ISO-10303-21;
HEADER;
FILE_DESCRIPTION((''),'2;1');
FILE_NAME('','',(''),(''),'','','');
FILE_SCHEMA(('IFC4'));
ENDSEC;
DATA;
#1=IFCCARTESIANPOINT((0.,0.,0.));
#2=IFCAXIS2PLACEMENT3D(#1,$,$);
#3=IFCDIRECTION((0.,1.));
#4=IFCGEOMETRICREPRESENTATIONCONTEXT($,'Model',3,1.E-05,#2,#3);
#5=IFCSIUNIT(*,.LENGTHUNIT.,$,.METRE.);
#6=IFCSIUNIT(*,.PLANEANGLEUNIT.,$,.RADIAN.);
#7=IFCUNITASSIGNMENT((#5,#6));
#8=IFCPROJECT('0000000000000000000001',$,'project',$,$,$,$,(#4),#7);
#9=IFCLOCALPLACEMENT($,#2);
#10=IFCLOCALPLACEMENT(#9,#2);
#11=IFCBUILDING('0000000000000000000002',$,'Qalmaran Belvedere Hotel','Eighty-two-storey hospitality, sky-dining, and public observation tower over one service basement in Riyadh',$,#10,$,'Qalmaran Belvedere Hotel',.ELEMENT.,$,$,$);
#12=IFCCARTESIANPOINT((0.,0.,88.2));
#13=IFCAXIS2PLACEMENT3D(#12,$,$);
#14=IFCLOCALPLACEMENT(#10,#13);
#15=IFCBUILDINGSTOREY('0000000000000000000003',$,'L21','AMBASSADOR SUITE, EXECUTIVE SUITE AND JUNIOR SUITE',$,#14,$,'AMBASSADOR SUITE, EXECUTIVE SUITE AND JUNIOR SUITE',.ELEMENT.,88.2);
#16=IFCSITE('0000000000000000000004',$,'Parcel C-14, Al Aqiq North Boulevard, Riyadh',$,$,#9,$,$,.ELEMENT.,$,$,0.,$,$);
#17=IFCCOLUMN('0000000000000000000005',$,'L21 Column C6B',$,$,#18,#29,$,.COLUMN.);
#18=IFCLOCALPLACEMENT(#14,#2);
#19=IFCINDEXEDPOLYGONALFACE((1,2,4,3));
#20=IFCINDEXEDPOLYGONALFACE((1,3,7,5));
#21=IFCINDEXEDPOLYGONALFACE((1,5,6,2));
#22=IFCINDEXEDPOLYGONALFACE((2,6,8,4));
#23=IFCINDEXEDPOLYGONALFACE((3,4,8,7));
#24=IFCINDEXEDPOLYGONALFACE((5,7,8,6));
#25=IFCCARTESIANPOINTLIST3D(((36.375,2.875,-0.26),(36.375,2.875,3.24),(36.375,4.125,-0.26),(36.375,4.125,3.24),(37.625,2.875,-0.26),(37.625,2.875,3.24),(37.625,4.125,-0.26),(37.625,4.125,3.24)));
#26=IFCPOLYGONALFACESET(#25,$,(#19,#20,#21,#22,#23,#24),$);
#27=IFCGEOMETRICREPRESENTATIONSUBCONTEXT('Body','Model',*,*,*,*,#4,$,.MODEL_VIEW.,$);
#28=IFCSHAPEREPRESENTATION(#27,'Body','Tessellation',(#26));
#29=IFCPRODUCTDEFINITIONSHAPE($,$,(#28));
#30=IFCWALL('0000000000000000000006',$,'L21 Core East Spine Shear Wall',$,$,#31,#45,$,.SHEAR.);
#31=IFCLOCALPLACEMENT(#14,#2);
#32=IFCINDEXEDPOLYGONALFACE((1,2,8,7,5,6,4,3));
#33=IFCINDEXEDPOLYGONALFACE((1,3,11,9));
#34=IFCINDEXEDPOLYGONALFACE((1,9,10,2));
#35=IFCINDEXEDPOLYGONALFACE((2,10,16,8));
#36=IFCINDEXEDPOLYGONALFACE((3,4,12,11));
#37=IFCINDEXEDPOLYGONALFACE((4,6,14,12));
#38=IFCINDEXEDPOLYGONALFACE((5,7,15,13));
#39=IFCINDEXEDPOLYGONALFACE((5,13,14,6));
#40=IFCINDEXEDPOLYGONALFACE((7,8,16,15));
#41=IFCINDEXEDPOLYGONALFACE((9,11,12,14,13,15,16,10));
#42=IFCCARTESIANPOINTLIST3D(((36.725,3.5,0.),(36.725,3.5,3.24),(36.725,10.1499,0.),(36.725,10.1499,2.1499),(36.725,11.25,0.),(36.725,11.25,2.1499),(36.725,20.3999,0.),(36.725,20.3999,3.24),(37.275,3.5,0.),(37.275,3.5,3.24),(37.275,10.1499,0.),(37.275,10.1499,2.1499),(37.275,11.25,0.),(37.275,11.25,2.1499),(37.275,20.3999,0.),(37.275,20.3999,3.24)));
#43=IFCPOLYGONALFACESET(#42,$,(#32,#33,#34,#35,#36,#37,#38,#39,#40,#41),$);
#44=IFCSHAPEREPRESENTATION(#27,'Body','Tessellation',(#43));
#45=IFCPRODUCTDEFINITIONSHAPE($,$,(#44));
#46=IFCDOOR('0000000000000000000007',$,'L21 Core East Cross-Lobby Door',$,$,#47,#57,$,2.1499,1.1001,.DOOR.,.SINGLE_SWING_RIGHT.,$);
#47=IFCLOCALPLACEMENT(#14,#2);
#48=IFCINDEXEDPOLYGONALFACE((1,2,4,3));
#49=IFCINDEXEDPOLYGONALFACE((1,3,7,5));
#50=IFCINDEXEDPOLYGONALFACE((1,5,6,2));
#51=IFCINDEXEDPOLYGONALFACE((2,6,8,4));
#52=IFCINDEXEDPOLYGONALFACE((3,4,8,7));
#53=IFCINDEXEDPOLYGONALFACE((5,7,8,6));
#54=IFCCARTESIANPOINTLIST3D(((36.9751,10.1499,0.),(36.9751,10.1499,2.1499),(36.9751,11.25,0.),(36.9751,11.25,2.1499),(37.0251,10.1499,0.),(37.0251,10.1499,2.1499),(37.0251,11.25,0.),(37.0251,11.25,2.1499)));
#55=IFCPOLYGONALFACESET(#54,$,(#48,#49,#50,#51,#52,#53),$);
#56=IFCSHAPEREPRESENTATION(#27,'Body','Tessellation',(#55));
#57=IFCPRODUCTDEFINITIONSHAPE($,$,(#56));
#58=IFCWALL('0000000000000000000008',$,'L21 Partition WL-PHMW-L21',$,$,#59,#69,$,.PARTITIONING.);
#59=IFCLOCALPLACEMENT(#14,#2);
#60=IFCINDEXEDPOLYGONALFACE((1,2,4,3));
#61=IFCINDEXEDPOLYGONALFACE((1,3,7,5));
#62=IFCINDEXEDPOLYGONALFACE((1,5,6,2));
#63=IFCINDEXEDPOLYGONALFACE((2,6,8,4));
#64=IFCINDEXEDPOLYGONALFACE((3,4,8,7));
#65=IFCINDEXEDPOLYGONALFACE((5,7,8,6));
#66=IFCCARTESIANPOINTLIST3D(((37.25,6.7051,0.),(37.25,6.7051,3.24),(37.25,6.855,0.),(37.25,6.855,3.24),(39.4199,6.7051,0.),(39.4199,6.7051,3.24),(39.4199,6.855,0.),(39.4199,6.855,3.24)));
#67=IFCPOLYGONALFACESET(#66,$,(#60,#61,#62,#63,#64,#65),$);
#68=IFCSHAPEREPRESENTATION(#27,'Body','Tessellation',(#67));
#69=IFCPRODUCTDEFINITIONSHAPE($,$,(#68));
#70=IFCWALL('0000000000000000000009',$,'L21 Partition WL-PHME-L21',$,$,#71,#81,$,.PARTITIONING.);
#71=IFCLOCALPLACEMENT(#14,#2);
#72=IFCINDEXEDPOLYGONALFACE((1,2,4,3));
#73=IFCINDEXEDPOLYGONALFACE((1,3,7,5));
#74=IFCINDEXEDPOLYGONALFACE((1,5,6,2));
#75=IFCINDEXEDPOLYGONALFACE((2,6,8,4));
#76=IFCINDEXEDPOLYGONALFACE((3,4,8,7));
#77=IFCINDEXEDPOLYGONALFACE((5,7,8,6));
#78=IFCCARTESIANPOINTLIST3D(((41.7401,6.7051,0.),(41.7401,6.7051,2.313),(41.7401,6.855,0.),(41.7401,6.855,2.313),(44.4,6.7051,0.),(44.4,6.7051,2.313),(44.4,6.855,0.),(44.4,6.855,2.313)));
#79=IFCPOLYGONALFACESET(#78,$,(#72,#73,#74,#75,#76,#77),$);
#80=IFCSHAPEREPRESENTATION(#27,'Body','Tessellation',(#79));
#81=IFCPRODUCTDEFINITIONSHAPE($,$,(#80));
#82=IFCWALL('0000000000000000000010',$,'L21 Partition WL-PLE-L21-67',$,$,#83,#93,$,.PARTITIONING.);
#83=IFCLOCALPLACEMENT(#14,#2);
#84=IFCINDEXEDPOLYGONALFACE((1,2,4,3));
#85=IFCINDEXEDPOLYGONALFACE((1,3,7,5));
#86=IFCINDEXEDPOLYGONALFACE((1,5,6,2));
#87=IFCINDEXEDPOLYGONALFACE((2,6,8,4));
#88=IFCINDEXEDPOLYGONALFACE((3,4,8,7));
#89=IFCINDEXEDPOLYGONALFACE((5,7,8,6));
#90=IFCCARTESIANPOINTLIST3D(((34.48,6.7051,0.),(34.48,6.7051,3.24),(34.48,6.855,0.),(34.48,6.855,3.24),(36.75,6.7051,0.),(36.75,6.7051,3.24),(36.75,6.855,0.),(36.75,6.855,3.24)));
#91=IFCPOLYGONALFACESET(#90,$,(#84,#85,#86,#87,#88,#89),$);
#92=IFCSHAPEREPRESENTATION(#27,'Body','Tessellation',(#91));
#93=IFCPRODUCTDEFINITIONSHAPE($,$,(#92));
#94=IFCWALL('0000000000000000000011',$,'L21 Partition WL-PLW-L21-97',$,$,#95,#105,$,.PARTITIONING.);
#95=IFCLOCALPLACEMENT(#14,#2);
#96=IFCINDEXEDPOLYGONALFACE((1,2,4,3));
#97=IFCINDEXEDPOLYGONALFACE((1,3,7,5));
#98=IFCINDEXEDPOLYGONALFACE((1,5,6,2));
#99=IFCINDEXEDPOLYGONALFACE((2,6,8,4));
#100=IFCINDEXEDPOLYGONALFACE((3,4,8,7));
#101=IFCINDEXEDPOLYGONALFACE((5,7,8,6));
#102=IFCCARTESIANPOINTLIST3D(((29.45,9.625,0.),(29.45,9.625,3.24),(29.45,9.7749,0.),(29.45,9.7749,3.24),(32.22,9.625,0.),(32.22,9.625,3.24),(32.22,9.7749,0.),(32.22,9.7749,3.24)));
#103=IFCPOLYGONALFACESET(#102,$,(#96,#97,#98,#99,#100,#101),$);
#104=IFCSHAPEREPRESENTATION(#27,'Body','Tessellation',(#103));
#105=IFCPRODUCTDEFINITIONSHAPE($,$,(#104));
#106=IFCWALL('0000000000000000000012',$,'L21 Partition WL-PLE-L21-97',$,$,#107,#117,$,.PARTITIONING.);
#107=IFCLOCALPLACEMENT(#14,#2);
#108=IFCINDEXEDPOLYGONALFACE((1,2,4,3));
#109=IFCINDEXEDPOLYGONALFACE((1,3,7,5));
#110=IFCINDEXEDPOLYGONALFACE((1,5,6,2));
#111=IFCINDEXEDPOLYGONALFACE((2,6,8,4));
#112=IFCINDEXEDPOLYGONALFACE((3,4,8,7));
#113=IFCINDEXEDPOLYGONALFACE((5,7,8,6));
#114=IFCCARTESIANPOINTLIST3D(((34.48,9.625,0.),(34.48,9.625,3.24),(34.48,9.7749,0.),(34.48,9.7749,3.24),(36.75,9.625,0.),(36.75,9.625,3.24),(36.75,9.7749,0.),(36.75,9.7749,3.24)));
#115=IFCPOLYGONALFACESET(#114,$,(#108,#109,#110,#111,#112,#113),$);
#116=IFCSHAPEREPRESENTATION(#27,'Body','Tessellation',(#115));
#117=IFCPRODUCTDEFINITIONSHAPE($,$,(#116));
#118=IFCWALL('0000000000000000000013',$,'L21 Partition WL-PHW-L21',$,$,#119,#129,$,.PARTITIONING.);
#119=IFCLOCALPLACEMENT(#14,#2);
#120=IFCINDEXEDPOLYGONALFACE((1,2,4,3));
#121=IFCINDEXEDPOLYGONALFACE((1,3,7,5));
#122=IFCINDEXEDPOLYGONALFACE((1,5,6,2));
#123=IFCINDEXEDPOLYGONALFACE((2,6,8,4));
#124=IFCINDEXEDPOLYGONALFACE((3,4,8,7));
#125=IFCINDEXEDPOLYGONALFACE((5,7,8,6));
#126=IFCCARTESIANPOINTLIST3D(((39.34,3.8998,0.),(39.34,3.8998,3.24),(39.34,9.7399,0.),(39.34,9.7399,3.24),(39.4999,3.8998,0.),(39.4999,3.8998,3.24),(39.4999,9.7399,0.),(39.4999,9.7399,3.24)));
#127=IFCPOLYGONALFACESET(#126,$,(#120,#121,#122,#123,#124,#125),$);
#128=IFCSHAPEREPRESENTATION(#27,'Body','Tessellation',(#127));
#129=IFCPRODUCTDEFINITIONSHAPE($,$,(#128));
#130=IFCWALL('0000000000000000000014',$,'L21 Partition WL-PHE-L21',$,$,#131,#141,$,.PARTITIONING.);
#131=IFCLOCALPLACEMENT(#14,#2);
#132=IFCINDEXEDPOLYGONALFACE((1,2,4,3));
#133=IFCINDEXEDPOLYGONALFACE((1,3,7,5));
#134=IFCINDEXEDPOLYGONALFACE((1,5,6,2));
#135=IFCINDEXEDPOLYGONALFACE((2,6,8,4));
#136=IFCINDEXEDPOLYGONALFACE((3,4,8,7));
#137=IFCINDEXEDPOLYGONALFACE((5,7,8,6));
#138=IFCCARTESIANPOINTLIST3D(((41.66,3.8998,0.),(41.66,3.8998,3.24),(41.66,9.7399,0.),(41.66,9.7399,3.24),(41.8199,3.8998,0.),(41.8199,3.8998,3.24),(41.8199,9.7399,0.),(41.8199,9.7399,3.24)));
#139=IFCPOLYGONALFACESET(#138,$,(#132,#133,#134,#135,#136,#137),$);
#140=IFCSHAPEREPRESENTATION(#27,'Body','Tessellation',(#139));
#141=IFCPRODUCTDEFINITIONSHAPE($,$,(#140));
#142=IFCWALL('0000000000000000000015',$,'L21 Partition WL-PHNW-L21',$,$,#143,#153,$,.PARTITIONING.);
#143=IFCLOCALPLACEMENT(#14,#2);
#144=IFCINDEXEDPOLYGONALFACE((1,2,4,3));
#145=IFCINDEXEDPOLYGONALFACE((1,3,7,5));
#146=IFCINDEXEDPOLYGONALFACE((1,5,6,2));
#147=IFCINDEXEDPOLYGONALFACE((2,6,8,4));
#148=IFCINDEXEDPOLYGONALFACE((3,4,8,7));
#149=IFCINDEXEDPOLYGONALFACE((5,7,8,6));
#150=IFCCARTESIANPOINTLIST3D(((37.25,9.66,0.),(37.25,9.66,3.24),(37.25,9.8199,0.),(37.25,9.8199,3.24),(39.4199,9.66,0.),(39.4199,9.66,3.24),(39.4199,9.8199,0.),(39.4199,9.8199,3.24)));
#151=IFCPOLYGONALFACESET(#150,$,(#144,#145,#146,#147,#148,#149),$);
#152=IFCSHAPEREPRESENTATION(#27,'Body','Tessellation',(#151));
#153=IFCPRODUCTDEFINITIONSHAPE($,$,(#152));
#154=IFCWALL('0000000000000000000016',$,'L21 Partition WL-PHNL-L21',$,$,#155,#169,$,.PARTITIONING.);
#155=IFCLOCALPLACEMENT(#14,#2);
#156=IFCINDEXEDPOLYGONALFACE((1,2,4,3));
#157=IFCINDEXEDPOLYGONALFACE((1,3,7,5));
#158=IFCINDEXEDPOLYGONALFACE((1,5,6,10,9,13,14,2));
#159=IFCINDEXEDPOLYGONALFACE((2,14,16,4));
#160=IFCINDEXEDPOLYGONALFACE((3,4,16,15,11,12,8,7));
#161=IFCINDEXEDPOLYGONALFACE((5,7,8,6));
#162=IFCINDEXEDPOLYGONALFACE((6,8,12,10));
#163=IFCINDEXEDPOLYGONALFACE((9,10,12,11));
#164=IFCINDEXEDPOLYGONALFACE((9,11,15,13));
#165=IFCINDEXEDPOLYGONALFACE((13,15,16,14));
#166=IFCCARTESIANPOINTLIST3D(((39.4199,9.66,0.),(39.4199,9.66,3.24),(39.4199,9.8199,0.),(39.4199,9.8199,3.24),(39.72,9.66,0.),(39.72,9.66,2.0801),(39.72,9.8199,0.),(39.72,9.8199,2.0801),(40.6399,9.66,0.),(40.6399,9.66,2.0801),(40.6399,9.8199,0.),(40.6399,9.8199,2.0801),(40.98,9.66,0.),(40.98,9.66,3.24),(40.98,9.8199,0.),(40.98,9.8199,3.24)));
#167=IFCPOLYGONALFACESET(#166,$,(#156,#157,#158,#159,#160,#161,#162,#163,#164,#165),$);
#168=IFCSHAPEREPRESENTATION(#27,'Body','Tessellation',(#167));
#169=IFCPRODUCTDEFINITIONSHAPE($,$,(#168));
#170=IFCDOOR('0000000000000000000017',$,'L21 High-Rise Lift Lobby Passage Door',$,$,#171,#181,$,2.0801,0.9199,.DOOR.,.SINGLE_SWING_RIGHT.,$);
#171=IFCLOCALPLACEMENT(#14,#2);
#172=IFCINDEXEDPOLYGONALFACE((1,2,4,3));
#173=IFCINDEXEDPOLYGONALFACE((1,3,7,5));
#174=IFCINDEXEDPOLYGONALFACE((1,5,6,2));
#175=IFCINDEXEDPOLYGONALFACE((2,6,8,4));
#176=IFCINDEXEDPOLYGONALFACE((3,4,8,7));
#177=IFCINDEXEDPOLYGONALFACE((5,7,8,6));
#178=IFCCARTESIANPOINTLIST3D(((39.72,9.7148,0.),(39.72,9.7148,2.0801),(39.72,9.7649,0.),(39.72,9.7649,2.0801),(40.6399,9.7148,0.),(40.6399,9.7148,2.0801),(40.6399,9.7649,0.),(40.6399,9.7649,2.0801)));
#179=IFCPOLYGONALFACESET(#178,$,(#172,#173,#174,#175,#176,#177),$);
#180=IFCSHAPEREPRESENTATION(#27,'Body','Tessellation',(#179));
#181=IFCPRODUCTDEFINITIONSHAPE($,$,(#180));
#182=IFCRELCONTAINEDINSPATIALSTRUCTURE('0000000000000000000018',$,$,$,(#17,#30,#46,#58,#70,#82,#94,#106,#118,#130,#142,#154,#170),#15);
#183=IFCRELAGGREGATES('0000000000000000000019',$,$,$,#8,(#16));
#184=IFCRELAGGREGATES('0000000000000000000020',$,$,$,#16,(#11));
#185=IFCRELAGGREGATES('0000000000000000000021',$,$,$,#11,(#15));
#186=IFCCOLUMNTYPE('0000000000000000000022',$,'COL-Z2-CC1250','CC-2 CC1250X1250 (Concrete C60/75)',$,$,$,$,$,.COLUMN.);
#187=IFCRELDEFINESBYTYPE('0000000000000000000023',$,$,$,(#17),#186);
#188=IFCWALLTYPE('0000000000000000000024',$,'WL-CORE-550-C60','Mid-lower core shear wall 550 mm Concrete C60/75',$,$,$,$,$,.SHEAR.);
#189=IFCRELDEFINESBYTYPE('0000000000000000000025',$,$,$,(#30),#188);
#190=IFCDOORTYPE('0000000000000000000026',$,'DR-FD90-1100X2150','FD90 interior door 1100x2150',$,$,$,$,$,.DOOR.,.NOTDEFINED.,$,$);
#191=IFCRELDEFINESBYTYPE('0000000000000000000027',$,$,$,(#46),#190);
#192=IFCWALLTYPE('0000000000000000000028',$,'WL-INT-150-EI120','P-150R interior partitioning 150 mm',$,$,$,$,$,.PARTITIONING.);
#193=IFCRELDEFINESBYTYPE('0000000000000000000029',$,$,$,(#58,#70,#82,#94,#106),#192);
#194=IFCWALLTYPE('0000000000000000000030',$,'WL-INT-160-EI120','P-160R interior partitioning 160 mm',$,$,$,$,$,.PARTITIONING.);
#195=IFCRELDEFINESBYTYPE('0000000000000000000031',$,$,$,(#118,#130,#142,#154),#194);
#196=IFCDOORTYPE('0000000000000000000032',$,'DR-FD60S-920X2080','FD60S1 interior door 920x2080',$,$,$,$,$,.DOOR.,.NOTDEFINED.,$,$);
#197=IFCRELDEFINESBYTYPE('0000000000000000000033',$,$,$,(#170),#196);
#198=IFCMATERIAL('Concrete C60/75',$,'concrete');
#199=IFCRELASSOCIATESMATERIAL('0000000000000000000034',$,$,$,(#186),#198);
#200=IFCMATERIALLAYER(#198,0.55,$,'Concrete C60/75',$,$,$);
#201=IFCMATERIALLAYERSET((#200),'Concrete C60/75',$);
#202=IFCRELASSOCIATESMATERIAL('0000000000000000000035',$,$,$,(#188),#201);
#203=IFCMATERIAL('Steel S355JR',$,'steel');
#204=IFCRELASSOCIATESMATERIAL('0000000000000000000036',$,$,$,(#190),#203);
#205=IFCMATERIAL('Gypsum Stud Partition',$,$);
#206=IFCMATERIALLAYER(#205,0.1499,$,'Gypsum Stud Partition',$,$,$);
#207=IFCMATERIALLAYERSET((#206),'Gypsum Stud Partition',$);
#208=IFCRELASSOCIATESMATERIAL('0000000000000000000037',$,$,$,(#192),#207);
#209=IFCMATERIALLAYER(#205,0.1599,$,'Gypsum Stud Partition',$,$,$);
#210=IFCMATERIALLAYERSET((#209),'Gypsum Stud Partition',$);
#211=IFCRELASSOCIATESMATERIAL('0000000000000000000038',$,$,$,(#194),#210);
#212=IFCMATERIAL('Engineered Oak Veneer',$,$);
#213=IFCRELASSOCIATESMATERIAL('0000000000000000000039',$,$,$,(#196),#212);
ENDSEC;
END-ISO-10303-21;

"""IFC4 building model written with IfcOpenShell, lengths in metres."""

from ifc_helpers import new_model, si_unit, direction, frame, frame_2d, origin, origin_2d, place, context, subcontext, project, spatial, rectangle, extrude, material, layer, layer_set, material_profile, profile_set, type_object, element, fill, save


model = new_model("IFC4")

# Units and contexts
model_context = context("Model", 3, precision=1e-05, world=origin(), true_north=direction((0.0, 1.0)))
body_context = subcontext(model_context, "Body", "Model", "MODEL_VIEW")
ifc_project = project(units=[si_unit("LENGTHUNIT", "METRE"), si_unit("PLANEANGLEUNIT", "RADIAN")], contexts=[model_context])

# Site, building, storey
site_placement = place(None, origin())
site = spatial("IfcSite", under=ifc_project, at=site_placement, Name="Parcel C-14, Al Aqiq North Boulevard, Riyadh", CompositionType="ELEMENT", RefElevation=0.0)
building_placement = place(site_placement, origin())
building = spatial("IfcBuilding", under=site, at=building_placement, Name="Qalmaran Belvedere Hotel", Description="Eighty-two-storey hospitality, sky-dining, and public observation tower over one service basement in Riyadh", LongName="Qalmaran Belvedere Hotel", CompositionType="ELEMENT")
storey_placement = place(building_placement, frame((0.0, 0.0, 88.2)))
storey = spatial("IfcBuildingStorey", under=building, at=storey_placement, Name="L21", Description="AMBASSADOR SUITE, EXECUTIVE SUITE AND JUNIOR SUITE", LongName="AMBASSADOR SUITE, EXECUTIVE SUITE AND JUNIOR SUITE", CompositionType="ELEMENT", Elevation=88.2)

# Column
ifc_material_1 = material(Name="Concrete C60/75", Category="concrete")
ifc_material_profile = material_profile(ifc_material_1, rectangle(XDim=1.25, YDim=1.25, at=origin_2d()), Name="CC1250X1250")
ifc_profile_set = profile_set([ifc_material_profile], Name="Concrete C60/75")
column_type = type_object("IfcColumnType", Name="COL-Z2-CC1250", Description="CC-2 CC1250X1250 (Concrete C60/75)", PredefinedType="COLUMN", material=ifc_profile_set)
column_placement = place(storey_placement, frame((37.0, 3.5, -0.26), z_axis=(0.0, 0.0, 1.0), x_axis=(1.0, 0.0, 0.0)))
element("IfcColumn", 1, at=column_placement, inside=storey, type_object=column_type, Name="L21 Column C6B", PredefinedType="COLUMN", context=body_context, shape_type="SweptSolid", body=[
    extrude(rectangle(XDim=1.25, YDim=1.25, at=origin_2d()), origin(), (0.0, 0.0, 1.0), 3.5),
])

# Wall, opening, door
ifc_layer_1 = layer(ifc_material_1, 0.55, Name="Concrete C60/75")
ifc_layer_set_1 = layer_set([ifc_layer_1], Name="Concrete C60/75")
wall_type_1 = type_object("IfcWallType", Name="WL-CORE-550-C60", Description="Mid-lower core shear wall 550 mm Concrete C60/75", PredefinedType="SHEAR", material=ifc_layer_set_1)
wall_1_placement = place(storey_placement, frame((37.0, 3.5, 0.0), z_axis=(0.0, 0.0, 1.0), x_axis=(0.0, 1.0, 0.0)))
wall_1 = element("IfcWall", 2, at=wall_1_placement, inside=storey, type_object=wall_type_1, Name="L21 Core East Spine Shear Wall", PredefinedType="SHEAR", context=body_context, shape_type="SweptSolid", body=[
    extrude(rectangle(XDim=16.8999, YDim=0.55, at=frame_2d((8.45, 0.0))), origin(), (0.0, 0.0, 1.0), 3.24),
])
opening_1_placement = place(wall_1_placement, frame((6.6499, 0.0, 0.0)))
opening_1 = element("IfcOpeningElement", 3, at=opening_1_placement, cuts=wall_1, PredefinedType="OPENING", context=body_context, shape_type="SweptSolid", body=[
    extrude(rectangle(XDim=1.1001, YDim=2.1499, at=frame_2d((0.55, 1.075))), frame((0.0, 0.2852, 0.0), z_axis=(0.0, -1.0, 0.0), x_axis=(1.0, 0.0, 0.0)), (0.0, 0.0, 1.0), 0.5701),
])
ifc_material_2 = material(Name="Steel S355JR", Category="steel")
door_type_1 = type_object("IfcDoorType", Name="DR-FD90-1100X2150", Description="FD90 interior door 1100x2150", OperationType="NOTDEFINED", PredefinedType="DOOR", material=ifc_material_2)
door_1_placement = place(opening_1_placement, origin())
door_1 = element("IfcDoor", 4, at=door_1_placement, inside=storey, type_object=door_type_1, Name="L21 Core East Cross-Lobby Door", OperationType="SINGLE_SWING_RIGHT", OverallHeight=2.1499, OverallWidth=1.1001, PredefinedType="DOOR", context=body_context, shape_type="SweptSolid", body=[
    extrude(rectangle(XDim=1.1001, YDim=2.1499, at=frame_2d((0.55, 1.075))), frame((0.0, 0.0249, 0.0), z_axis=(0.0, -1.0, 0.0), x_axis=(1.0, 0.0, 0.0)), (0.0, 0.0, 1.0), 0.05),
])
fill(opening_1, door_1)

# Walls
ifc_material_3 = material(Name="Gypsum Stud Partition")
ifc_layer_2 = layer(ifc_material_3, 0.1499, Name="Gypsum Stud Partition")
ifc_layer_set_2 = layer_set([ifc_layer_2], Name="Gypsum Stud Partition")
wall_type_2 = type_object("IfcWallType", Name="WL-INT-150-EI120", Description="P-150R interior partitioning 150 mm", PredefinedType="PARTITIONING", material=ifc_layer_set_2)
wall_2_placement = place(storey_placement, frame((37.25, 6.78, 0.0), z_axis=(0.0, 0.0, 1.0), x_axis=(1.0, 0.0, 0.0)))
element("IfcWall", 5, at=wall_2_placement, inside=storey, type_object=wall_type_2, Name="L21 Partition WL-PHMW-L21", PredefinedType="PARTITIONING", context=body_context, shape_type="SweptSolid", body=[
    extrude(rectangle(XDim=2.1699, YDim=0.1499, at=frame_2d((1.085, 0.0))), origin(), (0.0, 0.0, 1.0), 3.24),
])
wall_3_placement = place(storey_placement, frame((41.74, 6.78, 0.0), z_axis=(0.0, 0.0, 1.0), x_axis=(1.0, 0.0, 0.0)))
element("IfcWall", 6, at=wall_3_placement, inside=storey, type_object=wall_type_2, Name="L21 Partition WL-PHME-L21", PredefinedType="PARTITIONING", context=body_context, shape_type="SweptSolid", body=[
    extrude(rectangle(XDim=2.6599, YDim=0.1499, at=frame_2d((1.3301, 0.0))), origin(), (0.0, 0.0, 1.0), 2.313),
])
wall_4_placement = place(storey_placement, frame((34.48, 6.78, 0.0), z_axis=(0.0, 0.0, 1.0), x_axis=(1.0, 0.0, 0.0)))
element("IfcWall", 7, at=wall_4_placement, inside=storey, type_object=wall_type_2, Name="L21 Partition WL-PLE-L21-67", PredefinedType="PARTITIONING", context=body_context, shape_type="SweptSolid", body=[
    extrude(rectangle(XDim=2.27, YDim=0.1499, at=frame_2d((1.135, 0.0))), origin(), (0.0, 0.0, 1.0), 3.24),
])
wall_5_placement = place(storey_placement, frame((29.45, 9.7, 0.0), z_axis=(0.0, 0.0, 1.0), x_axis=(1.0, 0.0, 0.0)))
element("IfcWall", 8, at=wall_5_placement, inside=storey, type_object=wall_type_2, Name="L21 Partition WL-PLW-L21-97", PredefinedType="PARTITIONING", context=body_context, shape_type="SweptSolid", body=[
    extrude(rectangle(XDim=2.77, YDim=0.1499, at=frame_2d((1.385, 0.0))), origin(), (0.0, 0.0, 1.0), 3.24),
])
wall_6_placement = place(storey_placement, frame((34.48, 9.7, 0.0), z_axis=(0.0, 0.0, 1.0), x_axis=(1.0, 0.0, 0.0)))
element("IfcWall", 9, at=wall_6_placement, inside=storey, type_object=wall_type_2, Name="L21 Partition WL-PLE-L21-97", PredefinedType="PARTITIONING", context=body_context, shape_type="SweptSolid", body=[
    extrude(rectangle(XDim=2.27, YDim=0.1499, at=frame_2d((1.135, 0.0))), origin(), (0.0, 0.0, 1.0), 3.24),
])
ifc_layer_3 = layer(ifc_material_3, 0.1599, Name="Gypsum Stud Partition")
ifc_layer_set_3 = layer_set([ifc_layer_3], Name="Gypsum Stud Partition")
wall_type_3 = type_object("IfcWallType", Name="WL-INT-160-EI120", Description="P-160R interior partitioning 160 mm", PredefinedType="PARTITIONING", material=ifc_layer_set_3)
for number, where, z_axis, x_axis, name in (
    (10, (39.4199, 3.8999, 0.0), (0.0, 0.0, 1.0), (0.0, 1.0, 0.0), "L21 Partition WL-PHW-L21"),
    (11, (41.74, 3.8999, 0.0), (0.0, 0.0, 1.0), (0.0, 1.0, 0.0), "L21 Partition WL-PHE-L21"),
):
    element("IfcWall", number, at=place(storey_placement, frame(where, z_axis=z_axis, x_axis=x_axis)), inside=storey, type_object=wall_type_3, Name=name, PredefinedType="PARTITIONING", context=body_context, shape_type="SweptSolid", body=[
        extrude(rectangle(XDim=5.8401, YDim=0.1599, at=frame_2d((2.9199, 0.0))), origin(), (0.0, 0.0, 1.0), 3.24),
    ])
wall_7_placement = place(storey_placement, frame((37.25, 9.74, 0.0), z_axis=(0.0, 0.0, 1.0), x_axis=(1.0, 0.0, 0.0)))
element("IfcWall", 12, at=wall_7_placement, inside=storey, type_object=wall_type_3, Name="L21 Partition WL-PHNW-L21", PredefinedType="PARTITIONING", context=body_context, shape_type="SweptSolid", body=[
    extrude(rectangle(XDim=2.1699, YDim=0.1599, at=frame_2d((1.085, 0.0))), origin(), (0.0, 0.0, 1.0), 3.24),
])

# Wall, opening, door
wall_8_placement = place(storey_placement, frame((39.4199, 9.74, 0.0), z_axis=(0.0, 0.0, 1.0), x_axis=(1.0, 0.0, 0.0)))
wall_8 = element("IfcWall", 13, at=wall_8_placement, inside=storey, type_object=wall_type_3, Name="L21 Partition WL-PHNL-L21", PredefinedType="PARTITIONING", context=body_context, shape_type="SweptSolid", body=[
    extrude(rectangle(XDim=1.5601, YDim=0.1599, at=frame_2d((0.78, 0.0))), origin(), (0.0, 0.0, 1.0), 3.24),
])
opening_2_placement = place(wall_8_placement, frame((0.3, 0.0, 0.0)))
opening_2 = element("IfcOpeningElement", 14, at=opening_2_placement, cuts=wall_8, PredefinedType="OPENING", context=body_context, shape_type="SweptSolid", body=[
    extrude(rectangle(XDim=0.9199, YDim=2.0801, at=frame_2d((0.46, 1.04))), frame((0.0, 0.0898, 0.0), z_axis=(0.0, -1.0, 0.0), x_axis=(1.0, 0.0, 0.0)), (0.0, 0.0, 1.0), 0.1799),
])
ifc_material_4 = material(Name="Engineered Oak Veneer")
door_type_2 = type_object("IfcDoorType", Name="DR-FD60S-920X2080", Description="FD60S1 interior door 920x2080", OperationType="NOTDEFINED", PredefinedType="DOOR", material=ifc_material_4)
door_2_placement = place(opening_2_placement, origin())
door_2 = element("IfcDoor", 15, at=door_2_placement, inside=storey, type_object=door_type_2, Name="L21 High-Rise Lift Lobby Passage Door", OperationType="SINGLE_SWING_RIGHT", OverallHeight=2.0801, OverallWidth=0.9199, PredefinedType="DOOR", context=body_context, shape_type="SweptSolid", body=[
    extrude(rectangle(XDim=0.9199, YDim=2.0801, at=frame_2d((0.46, 1.04))), frame((0.0, 0.0249, 0.0), z_axis=(0.0, -1.0, 0.0), x_axis=(1.0, 0.0, 0.0)), (0.0, 0.0, 1.0), 0.05),
])
fill(opening_2, door_2)

save(model, "model.ifc")
